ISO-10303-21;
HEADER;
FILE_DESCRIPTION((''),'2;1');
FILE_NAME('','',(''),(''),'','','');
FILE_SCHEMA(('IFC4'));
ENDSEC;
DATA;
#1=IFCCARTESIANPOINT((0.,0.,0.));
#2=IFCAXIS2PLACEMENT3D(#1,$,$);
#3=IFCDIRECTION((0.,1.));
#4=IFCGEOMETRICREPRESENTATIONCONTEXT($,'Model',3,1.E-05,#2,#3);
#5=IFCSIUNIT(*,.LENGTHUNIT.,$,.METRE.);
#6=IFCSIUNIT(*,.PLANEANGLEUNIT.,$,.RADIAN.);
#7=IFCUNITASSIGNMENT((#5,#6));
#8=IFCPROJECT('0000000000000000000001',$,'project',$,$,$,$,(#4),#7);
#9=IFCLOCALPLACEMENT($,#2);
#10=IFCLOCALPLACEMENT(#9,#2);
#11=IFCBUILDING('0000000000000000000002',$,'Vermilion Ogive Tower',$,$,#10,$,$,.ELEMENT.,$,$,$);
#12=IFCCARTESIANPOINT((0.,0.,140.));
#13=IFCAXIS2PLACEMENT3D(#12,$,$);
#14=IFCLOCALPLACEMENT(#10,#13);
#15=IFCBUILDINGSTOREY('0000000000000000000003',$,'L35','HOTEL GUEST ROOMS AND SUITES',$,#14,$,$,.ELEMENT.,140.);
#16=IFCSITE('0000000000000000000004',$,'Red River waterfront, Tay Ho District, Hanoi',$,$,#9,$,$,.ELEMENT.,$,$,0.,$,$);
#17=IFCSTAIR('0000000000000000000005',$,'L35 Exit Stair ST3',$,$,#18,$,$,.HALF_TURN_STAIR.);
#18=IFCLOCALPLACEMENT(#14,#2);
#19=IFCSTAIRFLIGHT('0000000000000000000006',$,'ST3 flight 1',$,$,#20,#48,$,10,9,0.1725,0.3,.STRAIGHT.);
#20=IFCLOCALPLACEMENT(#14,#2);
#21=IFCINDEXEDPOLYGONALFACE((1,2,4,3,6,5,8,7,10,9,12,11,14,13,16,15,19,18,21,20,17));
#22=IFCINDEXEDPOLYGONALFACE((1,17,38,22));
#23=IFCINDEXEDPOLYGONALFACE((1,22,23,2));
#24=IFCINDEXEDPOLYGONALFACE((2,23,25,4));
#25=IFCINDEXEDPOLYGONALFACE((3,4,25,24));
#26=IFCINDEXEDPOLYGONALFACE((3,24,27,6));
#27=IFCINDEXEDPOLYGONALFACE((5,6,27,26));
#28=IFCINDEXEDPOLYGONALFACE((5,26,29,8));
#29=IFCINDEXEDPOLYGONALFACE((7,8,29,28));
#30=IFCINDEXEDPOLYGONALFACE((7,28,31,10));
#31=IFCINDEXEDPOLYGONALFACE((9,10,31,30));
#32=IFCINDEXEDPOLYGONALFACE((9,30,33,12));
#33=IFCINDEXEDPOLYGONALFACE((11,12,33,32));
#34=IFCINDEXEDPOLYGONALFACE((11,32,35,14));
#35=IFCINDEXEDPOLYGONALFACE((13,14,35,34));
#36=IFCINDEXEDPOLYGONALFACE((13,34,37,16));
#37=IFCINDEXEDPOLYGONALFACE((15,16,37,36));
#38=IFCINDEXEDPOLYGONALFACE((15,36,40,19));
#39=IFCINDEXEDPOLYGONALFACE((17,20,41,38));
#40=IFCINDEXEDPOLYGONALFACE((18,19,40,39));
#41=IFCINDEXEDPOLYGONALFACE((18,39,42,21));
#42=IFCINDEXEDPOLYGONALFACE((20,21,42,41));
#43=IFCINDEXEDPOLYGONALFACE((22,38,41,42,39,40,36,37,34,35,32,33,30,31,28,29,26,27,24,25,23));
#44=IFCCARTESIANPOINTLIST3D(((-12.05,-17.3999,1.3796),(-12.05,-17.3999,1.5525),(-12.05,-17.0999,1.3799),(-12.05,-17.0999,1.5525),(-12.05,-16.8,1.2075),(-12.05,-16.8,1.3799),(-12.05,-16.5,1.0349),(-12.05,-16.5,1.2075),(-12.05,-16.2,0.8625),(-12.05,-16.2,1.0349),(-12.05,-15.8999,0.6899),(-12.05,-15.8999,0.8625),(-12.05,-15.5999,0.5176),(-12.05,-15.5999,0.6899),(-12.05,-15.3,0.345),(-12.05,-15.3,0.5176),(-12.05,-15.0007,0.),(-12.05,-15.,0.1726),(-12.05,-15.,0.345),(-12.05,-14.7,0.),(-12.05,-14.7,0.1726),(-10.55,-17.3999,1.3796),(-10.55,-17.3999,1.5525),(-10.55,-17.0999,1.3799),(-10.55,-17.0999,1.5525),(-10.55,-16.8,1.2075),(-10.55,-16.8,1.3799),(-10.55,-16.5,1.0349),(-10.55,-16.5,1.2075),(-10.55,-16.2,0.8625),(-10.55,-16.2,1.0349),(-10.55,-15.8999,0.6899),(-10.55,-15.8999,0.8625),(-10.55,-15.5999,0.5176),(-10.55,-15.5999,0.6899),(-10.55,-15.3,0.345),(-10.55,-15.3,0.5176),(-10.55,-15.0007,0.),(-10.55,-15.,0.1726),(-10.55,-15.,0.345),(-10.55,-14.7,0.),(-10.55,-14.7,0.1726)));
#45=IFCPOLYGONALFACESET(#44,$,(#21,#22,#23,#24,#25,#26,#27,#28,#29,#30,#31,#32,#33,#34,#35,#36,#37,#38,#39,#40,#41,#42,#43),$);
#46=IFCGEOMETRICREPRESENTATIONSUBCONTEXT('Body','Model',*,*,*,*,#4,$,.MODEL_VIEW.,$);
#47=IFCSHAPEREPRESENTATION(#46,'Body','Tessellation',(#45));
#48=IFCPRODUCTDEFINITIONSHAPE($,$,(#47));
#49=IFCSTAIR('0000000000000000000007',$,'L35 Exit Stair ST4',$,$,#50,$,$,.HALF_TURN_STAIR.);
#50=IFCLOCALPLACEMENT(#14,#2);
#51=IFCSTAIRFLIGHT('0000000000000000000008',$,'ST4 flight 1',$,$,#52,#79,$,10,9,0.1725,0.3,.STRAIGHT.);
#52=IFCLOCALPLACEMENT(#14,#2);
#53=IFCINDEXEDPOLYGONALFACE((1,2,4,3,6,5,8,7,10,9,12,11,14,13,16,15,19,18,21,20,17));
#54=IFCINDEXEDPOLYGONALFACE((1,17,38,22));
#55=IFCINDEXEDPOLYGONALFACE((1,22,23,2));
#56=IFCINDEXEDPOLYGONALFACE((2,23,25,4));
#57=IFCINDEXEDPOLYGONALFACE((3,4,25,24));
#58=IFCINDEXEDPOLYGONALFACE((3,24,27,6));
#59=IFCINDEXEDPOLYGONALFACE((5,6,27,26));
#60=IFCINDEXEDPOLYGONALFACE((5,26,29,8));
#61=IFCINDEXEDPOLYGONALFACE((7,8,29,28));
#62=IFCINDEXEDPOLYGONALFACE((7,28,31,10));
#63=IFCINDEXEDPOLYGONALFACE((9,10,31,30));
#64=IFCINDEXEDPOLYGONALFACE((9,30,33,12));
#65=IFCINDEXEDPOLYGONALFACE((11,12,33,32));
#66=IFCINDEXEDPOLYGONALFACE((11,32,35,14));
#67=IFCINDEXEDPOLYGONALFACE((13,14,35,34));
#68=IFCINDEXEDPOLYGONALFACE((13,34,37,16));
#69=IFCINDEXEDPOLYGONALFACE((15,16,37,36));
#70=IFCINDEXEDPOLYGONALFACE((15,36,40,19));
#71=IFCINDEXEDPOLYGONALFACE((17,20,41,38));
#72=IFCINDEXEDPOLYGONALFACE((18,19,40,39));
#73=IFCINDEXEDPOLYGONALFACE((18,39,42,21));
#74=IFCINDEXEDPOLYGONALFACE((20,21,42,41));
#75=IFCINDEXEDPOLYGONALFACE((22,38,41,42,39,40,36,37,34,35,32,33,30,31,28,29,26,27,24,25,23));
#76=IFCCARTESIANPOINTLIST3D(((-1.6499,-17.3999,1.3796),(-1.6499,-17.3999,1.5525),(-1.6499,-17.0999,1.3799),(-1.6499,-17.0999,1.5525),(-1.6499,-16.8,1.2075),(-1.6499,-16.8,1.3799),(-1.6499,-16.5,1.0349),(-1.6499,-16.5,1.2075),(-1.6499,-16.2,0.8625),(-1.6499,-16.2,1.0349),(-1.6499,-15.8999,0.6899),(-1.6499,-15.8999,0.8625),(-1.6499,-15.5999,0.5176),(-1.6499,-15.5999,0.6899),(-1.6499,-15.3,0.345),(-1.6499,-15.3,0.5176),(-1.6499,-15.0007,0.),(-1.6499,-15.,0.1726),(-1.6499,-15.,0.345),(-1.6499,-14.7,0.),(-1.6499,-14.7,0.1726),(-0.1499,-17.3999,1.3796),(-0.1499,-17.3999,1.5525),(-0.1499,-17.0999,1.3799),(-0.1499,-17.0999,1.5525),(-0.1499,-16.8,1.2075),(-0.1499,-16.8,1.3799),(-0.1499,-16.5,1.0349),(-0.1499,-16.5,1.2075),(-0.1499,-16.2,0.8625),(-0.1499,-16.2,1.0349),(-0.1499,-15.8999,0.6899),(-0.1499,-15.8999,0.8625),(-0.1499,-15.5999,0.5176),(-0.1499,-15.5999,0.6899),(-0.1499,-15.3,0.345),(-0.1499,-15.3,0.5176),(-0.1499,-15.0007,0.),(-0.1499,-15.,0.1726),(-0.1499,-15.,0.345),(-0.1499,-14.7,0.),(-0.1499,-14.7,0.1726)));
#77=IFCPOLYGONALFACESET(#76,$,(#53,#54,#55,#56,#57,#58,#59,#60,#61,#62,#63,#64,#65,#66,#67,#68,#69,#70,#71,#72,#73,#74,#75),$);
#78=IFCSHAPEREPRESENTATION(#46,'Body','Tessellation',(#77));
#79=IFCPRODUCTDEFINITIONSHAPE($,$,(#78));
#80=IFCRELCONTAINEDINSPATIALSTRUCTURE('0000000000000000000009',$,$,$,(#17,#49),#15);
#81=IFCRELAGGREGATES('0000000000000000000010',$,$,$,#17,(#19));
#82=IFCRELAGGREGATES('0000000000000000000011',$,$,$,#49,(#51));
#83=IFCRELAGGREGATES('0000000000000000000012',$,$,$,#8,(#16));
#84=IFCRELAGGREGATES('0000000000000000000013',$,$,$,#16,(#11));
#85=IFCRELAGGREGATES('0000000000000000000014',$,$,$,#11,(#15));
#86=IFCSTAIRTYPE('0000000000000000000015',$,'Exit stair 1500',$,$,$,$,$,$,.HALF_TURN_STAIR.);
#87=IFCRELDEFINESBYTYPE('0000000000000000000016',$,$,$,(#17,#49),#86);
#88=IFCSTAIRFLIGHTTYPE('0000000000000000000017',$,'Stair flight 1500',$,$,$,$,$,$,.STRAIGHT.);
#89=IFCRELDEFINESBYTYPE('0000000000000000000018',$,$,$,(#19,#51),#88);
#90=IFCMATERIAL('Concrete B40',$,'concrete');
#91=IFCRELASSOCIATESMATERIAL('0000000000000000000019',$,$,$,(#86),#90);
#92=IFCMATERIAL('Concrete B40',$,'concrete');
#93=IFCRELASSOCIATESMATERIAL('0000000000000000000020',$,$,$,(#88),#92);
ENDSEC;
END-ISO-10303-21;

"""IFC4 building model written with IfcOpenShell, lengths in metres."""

from ifc_helpers import new_model, si_unit, direction, frame, origin, place, context, subcontext, project, spatial, polyline, outline, extrude, material, type_object, element, aggregate, save


model = new_model("IFC4")

# Units and contexts
model_context = context("Model", 3, precision=1e-05, world=origin(), true_north=direction((0.0, 1.0)))
body_context = subcontext(model_context, "Body", "Model", "MODEL_VIEW")
ifc_project = project(units=[si_unit("LENGTHUNIT", "METRE"), si_unit("PLANEANGLEUNIT", "RADIAN")], contexts=[model_context])

# Site, building, storey
site_placement = place(None, origin())
site = spatial("IfcSite", under=ifc_project, at=site_placement, Name="Red River waterfront, Tay Ho District, Hanoi", CompositionType="ELEMENT", RefElevation=0.0)
building_placement = place(site_placement, origin())
building = spatial("IfcBuilding", under=site, at=building_placement, Name="Vermilion Ogive Tower", CompositionType="ELEMENT")
storey_placement = place(building_placement, frame((0.0, 0.0, 140.0)))
storey = spatial("IfcBuildingStorey", under=building, at=storey_placement, Name="L35", Description="HOTEL GUEST ROOMS AND SUITES", CompositionType="ELEMENT", Elevation=140.0)

# Stairs, stair flights
ifc_material_1 = material(Name="Concrete B40", Category="concrete")
stair_type = type_object("IfcStairType", Name="Exit stair 1500", PredefinedType="HALF_TURN_STAIR", material=ifc_material_1)
stair_1_placement = place(storey_placement, origin())
stair_1 = element("IfcStair", 1, at=stair_1_placement, inside=storey, type_object=stair_type, Name="L35 Exit Stair ST3", PredefinedType="HALF_TURN_STAIR")
ifc_material_2 = material(Name="Concrete B40", Category="concrete")
stair_flight_type = type_object("IfcStairFlightType", Name="Stair flight 1500", PredefinedType="STRAIGHT", material=ifc_material_2)
stair_flight_1_placement = place(storey_placement, frame((-11.3, -14.7, 0.0), z_axis=(0.0, 0.0, 1.0), x_axis=(0.0, -1.0, 0.0)))
stair_flight_1 = element("IfcStairFlight", 2, at=stair_flight_1_placement, type_object=stair_flight_type, Name="ST3 flight 1", NumberOfRisers=10, NumberOfTreads=9, PredefinedType="STRAIGHT", RiserHeight=0.1725, TreadLength=0.3, context=body_context, shape_type="SweptSolid", body=[
    extrude(outline(polyline([(0.0, 0.0), (0.0, 0.1726), (0.3, 0.1726), (0.3, 0.345), (0.6001, 0.345), (0.6001, 0.5176), (0.8999, 0.5176), (0.8999, 0.6899), (1.2, 0.6899), (1.2, 0.8625), (1.5, 0.8625), (1.5, 1.0349), (1.8, 1.0349), (1.8, 1.2075), (2.1001, 1.2075), (2.1001, 1.3799), (2.3999, 1.3799), (2.3999, 1.5525), (2.7, 1.5525), (2.7, 1.7251), (2.7, 1.3796), (0.3008, 0.0), (0.0, 0.0)])), frame((0.0, 0.75, 0.0), z_axis=(0.0, -1.0, 0.0), x_axis=(1.0, 0.0, 0.0)), (0.0, 0.0, 1.0), 1.5),
])
aggregate(stair_1, [stair_flight_1])
stair_2_placement = place(storey_placement, origin())
stair_2 = element("IfcStair", 3, at=stair_2_placement, inside=storey, type_object=stair_type, Name="L35 Exit Stair ST4", PredefinedType="HALF_TURN_STAIR")
stair_flight_2_placement = place(storey_placement, frame((-0.8999, -14.7, 0.0), z_axis=(0.0, 0.0, 1.0), x_axis=(0.0, -1.0, 0.0)))
stair_flight_2 = element("IfcStairFlight", 4, at=stair_flight_2_placement, type_object=stair_flight_type, Name="ST4 flight 1", NumberOfRisers=10, NumberOfTreads=9, PredefinedType="STRAIGHT", RiserHeight=0.1725, TreadLength=0.3, context=body_context, shape_type="SweptSolid", body=[
    extrude(outline(polyline([(0.0, 0.0), (0.0, 0.1726), (0.3, 0.1726), (0.3, 0.345), (0.6001, 0.345), (0.6001, 0.5176), (0.8999, 0.5176), (0.8999, 0.6899), (1.2, 0.6899), (1.2, 0.8625), (1.5, 0.8625), (1.5, 1.0349), (1.8, 1.0349), (1.8, 1.2075), (2.1001, 1.2075), (2.1001, 1.3799), (2.3999, 1.3799), (2.3999, 1.5525), (2.7, 1.5525), (2.7, 1.7251), (2.7, 1.3796), (0.3008, 0.0), (0.0, 0.0)])), frame((0.0, 0.75, 0.0), z_axis=(0.0, -1.0, 0.0), x_axis=(1.0, 0.0, 0.0)), (0.0, 0.0, 1.0), 1.5),
])
aggregate(stair_2, [stair_flight_2])

save(model, "model.ifc")
